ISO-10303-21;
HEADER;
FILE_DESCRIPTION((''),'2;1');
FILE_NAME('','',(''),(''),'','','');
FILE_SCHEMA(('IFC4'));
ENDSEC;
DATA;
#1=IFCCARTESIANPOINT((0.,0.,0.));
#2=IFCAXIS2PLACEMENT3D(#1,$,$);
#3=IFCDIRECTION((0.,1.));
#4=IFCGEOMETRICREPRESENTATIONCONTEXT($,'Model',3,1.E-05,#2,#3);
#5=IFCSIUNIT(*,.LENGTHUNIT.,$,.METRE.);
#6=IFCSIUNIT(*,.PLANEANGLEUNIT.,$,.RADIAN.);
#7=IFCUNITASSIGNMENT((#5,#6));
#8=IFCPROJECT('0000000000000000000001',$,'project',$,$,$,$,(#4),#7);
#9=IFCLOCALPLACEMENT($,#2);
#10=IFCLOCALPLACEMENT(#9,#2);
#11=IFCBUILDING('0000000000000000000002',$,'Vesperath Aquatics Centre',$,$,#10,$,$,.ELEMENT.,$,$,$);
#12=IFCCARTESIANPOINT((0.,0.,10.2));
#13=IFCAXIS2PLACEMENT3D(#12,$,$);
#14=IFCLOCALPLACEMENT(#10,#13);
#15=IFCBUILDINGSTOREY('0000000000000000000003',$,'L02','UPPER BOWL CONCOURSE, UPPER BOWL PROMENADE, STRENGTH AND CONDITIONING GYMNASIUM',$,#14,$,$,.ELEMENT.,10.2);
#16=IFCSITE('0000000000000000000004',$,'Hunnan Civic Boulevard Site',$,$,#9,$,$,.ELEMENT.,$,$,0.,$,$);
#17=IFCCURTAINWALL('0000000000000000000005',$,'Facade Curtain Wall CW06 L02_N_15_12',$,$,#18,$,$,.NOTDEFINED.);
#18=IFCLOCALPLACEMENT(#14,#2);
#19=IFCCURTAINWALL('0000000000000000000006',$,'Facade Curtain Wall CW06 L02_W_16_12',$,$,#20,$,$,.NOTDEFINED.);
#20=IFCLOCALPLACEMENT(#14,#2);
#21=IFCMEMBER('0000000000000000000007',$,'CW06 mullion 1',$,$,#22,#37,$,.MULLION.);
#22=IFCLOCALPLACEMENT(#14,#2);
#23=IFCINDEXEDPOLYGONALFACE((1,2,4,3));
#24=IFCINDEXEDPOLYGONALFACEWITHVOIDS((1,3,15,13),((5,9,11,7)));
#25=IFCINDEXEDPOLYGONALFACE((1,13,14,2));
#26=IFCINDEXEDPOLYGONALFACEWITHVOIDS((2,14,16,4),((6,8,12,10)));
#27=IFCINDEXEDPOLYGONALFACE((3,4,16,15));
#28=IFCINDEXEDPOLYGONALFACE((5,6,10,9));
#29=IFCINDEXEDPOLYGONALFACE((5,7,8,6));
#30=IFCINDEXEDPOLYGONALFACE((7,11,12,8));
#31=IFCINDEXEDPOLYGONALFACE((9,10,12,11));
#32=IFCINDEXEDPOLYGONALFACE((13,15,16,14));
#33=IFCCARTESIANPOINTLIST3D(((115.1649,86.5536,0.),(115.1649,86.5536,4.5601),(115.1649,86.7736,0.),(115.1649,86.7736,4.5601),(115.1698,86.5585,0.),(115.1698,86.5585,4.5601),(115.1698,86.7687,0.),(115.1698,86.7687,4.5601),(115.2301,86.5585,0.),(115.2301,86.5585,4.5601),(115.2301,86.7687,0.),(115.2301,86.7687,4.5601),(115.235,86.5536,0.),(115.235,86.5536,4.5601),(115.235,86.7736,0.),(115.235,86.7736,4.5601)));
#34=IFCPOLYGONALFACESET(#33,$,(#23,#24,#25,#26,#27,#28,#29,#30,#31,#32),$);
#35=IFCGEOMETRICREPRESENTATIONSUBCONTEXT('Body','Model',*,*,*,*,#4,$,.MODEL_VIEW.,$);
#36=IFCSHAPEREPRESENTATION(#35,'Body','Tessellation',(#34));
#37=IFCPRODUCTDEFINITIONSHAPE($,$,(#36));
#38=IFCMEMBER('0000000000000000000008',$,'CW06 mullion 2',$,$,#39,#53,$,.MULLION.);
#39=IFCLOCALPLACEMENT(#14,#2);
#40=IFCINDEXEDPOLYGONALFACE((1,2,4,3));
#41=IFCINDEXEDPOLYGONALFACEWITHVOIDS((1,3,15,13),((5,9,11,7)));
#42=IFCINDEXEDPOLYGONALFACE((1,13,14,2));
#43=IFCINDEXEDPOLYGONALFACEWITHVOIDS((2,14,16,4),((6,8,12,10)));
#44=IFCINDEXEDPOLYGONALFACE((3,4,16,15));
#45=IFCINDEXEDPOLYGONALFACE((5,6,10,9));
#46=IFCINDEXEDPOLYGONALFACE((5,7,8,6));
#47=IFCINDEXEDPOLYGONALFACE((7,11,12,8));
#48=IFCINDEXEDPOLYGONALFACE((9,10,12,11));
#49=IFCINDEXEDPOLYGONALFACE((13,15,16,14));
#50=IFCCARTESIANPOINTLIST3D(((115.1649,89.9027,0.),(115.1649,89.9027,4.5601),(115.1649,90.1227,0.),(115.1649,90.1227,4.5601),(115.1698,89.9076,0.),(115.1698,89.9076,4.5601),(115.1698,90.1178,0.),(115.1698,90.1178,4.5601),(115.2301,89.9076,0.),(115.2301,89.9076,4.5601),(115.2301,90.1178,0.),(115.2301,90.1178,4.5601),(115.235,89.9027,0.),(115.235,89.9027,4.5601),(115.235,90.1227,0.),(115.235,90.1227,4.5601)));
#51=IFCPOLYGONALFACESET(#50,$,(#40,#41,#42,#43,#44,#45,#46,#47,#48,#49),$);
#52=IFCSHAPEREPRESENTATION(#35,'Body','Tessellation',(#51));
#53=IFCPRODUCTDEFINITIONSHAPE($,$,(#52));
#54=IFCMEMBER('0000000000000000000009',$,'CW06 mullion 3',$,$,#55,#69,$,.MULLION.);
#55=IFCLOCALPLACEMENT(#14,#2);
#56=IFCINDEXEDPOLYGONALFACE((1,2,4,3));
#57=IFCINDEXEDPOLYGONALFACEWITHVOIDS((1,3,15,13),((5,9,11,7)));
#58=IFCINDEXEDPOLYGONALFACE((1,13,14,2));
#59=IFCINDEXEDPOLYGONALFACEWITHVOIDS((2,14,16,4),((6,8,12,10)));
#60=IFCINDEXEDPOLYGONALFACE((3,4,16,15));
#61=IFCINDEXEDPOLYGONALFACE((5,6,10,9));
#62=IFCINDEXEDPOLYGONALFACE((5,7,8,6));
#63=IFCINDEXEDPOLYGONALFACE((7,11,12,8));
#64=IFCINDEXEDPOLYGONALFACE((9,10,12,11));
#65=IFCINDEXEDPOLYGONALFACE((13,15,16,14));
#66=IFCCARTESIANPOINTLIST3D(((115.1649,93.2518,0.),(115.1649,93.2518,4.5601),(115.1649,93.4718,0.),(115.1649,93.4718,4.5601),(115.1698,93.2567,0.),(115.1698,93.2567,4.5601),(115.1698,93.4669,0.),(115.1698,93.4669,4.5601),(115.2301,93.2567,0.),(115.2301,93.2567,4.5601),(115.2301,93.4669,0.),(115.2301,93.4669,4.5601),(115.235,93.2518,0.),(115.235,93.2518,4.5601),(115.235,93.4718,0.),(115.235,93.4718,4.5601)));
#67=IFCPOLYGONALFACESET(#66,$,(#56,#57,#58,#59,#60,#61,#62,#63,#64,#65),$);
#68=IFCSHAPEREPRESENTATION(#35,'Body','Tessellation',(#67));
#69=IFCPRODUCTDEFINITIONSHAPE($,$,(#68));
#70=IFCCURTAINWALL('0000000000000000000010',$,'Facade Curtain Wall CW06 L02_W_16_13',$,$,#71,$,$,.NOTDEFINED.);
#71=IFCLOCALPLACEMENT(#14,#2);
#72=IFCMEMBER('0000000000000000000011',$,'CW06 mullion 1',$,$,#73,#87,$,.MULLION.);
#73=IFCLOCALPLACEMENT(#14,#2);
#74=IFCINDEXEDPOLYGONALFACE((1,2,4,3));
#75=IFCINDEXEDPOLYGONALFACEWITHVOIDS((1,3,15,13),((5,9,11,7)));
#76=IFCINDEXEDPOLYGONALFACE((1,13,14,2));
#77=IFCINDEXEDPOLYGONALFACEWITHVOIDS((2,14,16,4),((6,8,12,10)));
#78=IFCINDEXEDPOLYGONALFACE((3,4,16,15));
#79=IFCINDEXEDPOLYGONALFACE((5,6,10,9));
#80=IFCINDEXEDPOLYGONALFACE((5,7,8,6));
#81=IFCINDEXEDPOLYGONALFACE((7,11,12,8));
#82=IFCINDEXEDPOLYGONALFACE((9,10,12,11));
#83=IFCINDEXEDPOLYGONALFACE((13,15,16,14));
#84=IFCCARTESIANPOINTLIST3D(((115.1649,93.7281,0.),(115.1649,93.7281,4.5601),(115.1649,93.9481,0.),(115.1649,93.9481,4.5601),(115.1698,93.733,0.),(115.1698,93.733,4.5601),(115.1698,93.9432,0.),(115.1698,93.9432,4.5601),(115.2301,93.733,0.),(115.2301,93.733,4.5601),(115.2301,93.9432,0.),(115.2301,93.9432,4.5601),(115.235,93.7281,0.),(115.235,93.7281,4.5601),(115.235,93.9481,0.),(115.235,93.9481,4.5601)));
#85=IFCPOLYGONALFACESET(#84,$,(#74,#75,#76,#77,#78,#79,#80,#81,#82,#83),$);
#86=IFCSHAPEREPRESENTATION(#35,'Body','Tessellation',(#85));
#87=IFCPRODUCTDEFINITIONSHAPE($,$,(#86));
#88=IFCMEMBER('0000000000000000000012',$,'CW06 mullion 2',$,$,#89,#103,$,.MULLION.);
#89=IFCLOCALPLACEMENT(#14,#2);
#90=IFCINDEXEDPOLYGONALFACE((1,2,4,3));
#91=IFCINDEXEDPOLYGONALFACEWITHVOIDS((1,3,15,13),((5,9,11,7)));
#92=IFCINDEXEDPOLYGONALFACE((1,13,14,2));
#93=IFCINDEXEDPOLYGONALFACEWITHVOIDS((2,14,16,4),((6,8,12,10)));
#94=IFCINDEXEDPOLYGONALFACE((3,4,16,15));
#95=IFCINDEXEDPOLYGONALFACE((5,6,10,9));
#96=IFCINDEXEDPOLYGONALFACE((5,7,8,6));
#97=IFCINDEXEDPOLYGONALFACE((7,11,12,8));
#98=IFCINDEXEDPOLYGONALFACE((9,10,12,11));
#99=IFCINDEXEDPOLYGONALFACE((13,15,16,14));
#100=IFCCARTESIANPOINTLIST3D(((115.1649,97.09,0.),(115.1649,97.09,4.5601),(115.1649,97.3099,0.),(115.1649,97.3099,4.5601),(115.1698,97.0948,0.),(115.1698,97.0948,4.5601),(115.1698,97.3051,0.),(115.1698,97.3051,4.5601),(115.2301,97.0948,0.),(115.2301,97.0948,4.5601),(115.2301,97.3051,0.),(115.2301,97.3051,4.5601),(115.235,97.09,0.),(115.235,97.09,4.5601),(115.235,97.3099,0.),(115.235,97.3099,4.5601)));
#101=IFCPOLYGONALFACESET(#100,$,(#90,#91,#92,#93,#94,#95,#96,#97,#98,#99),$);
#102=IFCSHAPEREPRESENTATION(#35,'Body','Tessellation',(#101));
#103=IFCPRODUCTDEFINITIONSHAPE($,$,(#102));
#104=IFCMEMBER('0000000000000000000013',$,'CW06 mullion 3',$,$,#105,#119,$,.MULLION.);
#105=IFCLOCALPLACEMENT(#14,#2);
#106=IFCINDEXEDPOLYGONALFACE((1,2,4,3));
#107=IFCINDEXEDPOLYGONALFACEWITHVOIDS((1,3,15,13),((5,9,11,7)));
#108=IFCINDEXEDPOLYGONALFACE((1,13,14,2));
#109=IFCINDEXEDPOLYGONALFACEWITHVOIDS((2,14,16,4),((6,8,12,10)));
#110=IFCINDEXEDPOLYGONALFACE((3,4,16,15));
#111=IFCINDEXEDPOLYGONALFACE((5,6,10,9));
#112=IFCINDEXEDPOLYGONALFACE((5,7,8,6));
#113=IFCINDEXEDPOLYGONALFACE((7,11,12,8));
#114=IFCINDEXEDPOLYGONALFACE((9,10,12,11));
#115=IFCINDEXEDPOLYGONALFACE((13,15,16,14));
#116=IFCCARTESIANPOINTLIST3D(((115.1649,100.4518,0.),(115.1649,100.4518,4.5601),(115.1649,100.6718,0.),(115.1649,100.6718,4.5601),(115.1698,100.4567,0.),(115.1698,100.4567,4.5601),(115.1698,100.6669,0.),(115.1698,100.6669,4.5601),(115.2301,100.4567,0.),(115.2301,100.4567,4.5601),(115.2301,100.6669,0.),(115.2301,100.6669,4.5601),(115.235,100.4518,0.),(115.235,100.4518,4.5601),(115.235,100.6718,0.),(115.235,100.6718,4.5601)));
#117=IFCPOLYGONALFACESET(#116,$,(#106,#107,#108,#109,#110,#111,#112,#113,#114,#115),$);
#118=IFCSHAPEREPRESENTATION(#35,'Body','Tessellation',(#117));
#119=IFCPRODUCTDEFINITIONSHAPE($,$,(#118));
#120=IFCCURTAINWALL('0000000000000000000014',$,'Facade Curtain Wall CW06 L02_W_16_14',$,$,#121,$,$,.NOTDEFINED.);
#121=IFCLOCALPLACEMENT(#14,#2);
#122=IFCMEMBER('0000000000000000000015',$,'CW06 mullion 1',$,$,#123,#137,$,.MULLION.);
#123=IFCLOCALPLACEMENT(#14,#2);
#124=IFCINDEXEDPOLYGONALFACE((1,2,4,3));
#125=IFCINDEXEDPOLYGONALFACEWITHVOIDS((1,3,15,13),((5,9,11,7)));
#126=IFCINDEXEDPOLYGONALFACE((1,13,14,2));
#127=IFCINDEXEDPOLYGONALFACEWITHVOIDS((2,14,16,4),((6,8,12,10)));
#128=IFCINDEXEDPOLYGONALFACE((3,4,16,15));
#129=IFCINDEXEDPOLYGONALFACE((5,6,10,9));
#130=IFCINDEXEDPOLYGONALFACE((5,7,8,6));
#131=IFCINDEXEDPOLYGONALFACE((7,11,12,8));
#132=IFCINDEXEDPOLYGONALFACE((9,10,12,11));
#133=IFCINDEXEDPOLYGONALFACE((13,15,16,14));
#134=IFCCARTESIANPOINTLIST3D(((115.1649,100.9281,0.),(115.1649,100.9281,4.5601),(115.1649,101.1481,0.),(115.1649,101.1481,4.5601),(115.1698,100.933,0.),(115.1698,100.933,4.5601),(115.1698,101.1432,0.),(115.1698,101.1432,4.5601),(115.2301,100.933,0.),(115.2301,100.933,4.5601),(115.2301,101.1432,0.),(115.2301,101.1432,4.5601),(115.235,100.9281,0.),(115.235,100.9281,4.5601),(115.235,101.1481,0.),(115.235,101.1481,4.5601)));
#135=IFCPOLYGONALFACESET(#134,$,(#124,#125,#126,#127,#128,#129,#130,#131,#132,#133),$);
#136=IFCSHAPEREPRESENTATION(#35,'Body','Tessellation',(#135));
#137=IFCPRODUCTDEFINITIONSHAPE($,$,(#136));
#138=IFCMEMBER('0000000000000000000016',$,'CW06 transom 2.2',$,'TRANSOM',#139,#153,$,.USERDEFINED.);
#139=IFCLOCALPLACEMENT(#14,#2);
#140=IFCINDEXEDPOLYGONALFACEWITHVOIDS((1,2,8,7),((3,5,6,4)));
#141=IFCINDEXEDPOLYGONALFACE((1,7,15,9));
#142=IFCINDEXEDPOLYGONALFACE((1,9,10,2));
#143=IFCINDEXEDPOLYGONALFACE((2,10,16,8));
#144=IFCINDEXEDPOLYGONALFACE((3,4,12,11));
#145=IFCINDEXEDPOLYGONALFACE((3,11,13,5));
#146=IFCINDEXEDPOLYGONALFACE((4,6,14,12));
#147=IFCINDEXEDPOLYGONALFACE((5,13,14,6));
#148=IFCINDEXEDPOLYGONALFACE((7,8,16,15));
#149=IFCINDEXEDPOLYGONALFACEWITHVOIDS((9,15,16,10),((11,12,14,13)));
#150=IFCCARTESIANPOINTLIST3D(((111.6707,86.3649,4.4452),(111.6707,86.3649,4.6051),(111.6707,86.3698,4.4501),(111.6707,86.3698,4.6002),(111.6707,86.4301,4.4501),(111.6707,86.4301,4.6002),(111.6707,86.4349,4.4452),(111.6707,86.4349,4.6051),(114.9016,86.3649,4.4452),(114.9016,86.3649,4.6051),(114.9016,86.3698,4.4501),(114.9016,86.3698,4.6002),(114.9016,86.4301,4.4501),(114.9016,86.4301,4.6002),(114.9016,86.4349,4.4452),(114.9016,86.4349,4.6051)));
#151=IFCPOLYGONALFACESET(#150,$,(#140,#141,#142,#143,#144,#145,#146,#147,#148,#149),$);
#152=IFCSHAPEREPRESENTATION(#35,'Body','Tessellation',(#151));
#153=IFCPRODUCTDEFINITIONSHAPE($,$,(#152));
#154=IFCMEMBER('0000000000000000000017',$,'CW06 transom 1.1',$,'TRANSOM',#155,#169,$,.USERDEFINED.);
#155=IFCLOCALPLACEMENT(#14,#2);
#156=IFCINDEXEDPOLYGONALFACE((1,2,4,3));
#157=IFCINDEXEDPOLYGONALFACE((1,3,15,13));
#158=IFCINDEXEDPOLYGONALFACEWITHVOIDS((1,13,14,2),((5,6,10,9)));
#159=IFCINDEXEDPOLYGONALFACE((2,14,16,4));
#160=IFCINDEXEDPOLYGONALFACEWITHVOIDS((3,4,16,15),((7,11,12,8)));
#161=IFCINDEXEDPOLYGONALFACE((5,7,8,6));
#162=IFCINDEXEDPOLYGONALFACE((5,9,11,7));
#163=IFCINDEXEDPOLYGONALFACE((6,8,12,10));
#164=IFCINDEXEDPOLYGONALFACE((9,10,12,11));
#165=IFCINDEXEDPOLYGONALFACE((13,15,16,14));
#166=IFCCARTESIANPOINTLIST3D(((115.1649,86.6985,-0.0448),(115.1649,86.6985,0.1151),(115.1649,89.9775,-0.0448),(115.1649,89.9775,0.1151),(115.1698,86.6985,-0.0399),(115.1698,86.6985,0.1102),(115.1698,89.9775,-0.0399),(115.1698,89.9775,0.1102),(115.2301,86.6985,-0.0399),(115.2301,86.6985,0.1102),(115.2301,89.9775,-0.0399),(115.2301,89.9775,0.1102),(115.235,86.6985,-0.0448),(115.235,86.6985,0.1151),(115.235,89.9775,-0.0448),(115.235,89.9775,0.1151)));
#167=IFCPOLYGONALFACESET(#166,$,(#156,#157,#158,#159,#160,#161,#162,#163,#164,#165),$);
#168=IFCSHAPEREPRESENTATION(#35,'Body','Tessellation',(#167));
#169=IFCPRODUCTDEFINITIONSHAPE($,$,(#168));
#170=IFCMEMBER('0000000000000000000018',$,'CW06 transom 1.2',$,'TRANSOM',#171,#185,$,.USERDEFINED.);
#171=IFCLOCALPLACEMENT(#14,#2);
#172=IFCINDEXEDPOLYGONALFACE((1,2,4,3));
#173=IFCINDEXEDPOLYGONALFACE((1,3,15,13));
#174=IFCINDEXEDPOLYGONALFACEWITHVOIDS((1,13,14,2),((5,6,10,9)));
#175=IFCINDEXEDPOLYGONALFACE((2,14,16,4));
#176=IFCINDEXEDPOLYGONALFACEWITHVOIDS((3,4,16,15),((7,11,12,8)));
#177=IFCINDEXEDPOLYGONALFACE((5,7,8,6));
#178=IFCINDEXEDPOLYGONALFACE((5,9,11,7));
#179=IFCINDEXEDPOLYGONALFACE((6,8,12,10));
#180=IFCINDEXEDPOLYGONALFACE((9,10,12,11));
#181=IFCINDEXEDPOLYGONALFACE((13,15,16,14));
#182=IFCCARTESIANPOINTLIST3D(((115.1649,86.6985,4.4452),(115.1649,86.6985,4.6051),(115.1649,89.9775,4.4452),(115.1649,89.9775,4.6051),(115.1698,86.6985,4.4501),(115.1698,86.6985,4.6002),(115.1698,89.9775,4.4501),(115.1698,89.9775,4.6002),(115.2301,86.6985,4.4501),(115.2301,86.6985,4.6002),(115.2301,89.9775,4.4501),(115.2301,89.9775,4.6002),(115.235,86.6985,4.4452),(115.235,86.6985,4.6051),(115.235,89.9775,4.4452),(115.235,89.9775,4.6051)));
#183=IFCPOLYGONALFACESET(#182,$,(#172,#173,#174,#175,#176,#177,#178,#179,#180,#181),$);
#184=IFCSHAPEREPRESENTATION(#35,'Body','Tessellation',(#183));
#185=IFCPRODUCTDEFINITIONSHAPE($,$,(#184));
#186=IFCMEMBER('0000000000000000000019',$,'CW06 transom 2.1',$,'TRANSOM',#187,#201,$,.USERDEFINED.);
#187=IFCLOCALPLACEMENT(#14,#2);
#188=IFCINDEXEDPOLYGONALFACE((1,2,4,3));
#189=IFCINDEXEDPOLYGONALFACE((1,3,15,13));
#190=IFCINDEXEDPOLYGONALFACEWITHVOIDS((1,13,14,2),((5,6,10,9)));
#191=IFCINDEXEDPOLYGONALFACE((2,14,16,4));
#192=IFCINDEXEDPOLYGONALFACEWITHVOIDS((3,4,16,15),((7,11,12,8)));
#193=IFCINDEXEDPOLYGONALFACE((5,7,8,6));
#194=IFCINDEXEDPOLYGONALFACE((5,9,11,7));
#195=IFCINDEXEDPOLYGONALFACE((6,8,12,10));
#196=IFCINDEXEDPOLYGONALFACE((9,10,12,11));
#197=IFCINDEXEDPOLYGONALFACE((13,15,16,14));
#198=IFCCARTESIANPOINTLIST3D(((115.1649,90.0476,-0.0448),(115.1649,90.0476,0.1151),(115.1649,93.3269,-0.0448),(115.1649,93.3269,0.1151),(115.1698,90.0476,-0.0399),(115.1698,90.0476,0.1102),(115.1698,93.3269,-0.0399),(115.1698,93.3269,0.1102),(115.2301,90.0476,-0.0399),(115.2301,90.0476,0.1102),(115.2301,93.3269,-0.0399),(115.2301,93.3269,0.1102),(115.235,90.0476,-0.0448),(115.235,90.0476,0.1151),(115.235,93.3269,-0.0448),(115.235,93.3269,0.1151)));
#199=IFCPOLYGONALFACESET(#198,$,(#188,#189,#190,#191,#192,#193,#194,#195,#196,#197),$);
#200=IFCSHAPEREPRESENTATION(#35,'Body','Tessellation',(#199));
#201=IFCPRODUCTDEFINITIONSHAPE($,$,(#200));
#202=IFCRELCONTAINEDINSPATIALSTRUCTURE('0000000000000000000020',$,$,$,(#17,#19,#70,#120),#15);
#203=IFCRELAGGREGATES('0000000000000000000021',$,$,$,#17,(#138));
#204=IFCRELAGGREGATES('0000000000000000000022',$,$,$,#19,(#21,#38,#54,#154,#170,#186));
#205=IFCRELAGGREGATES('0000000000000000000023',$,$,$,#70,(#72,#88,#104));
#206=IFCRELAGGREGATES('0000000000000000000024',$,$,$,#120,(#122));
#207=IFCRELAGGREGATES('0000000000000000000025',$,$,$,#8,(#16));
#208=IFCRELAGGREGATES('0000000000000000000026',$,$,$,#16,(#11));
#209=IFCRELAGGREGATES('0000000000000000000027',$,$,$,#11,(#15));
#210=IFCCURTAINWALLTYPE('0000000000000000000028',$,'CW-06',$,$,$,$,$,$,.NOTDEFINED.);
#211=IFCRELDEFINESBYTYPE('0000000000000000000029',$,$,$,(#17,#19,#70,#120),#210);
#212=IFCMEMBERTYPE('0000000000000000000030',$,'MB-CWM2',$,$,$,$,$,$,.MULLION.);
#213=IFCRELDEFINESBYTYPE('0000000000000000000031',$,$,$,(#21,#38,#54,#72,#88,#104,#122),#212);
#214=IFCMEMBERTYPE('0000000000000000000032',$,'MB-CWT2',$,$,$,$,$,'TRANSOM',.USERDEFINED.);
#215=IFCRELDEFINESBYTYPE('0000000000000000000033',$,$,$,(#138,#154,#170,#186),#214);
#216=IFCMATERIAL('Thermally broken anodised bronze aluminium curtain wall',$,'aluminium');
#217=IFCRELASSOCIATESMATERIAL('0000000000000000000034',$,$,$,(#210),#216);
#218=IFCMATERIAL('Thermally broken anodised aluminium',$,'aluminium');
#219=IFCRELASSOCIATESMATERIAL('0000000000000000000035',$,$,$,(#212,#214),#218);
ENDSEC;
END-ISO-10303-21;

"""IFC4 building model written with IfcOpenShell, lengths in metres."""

from ifc_helpers import new_model, si_unit, direction, frame, origin, origin_2d, place, context, subcontext, project, spatial, hollow_rectangle, extrude, material, material_profile, profile_set, type_object, element, aggregate, save


model = new_model("IFC4")

# Units and contexts
model_context = context("Model", 3, precision=1e-05, world=origin(), true_north=direction((0.0, 1.0)))
body_context = subcontext(model_context, "Body", "Model", "MODEL_VIEW")
ifc_project = project(units=[si_unit("LENGTHUNIT", "METRE"), si_unit("PLANEANGLEUNIT", "RADIAN")], contexts=[model_context])

# Site, building, storey
site_placement = place(None, origin())
site = spatial("IfcSite", under=ifc_project, at=site_placement, Name="Hunnan Civic Boulevard Site", CompositionType="ELEMENT", RefElevation=0.0)
building_placement = place(site_placement, origin())
building = spatial("IfcBuilding", under=site, at=building_placement, Name="Vesperath Aquatics Centre", CompositionType="ELEMENT")
storey_placement = place(building_placement, frame((0.0, 0.0, 10.2)))
storey = spatial("IfcBuildingStorey", under=building, at=storey_placement, Name="L02", Description="UPPER BOWL CONCOURSE, UPPER BOWL PROMENADE, STRENGTH AND CONDITIONING GYMNASIUM", CompositionType="ELEMENT", Elevation=10.2)

# Curtain wall
ifc_material_1 = material(Name="Thermally broken anodised bronze aluminium curtain wall", Category="aluminium")
curtain_wall_type = type_object("IfcCurtainWallType", Name="CW-06", PredefinedType="NOTDEFINED", material=ifc_material_1)
curtain_wall_1_placement = place(storey_placement, origin())
curtain_wall_1 = element("IfcCurtainWall", 1, at=curtain_wall_1_placement, inside=storey, type_object=curtain_wall_type, Name="Facade Curtain Wall CW06 L02_N_15_12", PredefinedType="NOTDEFINED")
ifc_material_2 = material(Name="Thermally broken anodised aluminium", Category="aluminium")
ifc_material_profile_1 = material_profile(ifc_material_2, hollow_rectangle(XDim=0.0701, YDim=0.22, WallThickness=0.0049, at=origin_2d()), Name="CWM 70x220x5")
ifc_profile_set_1 = profile_set([ifc_material_profile_1], Name="Thermally broken anodised aluminium")
member_type_1 = type_object("IfcMemberType", Name="MB-CWM2", PredefinedType="MULLION", material=ifc_profile_set_1)

# Curtain walls, members
curtain_wall_2_placement = place(storey_placement, origin())
curtain_wall_2 = element("IfcCurtainWall", 2, at=curtain_wall_2_placement, inside=storey, type_object=curtain_wall_type, Name="Facade Curtain Wall CW06 L02_W_16_12", PredefinedType="NOTDEFINED")
member_1_placement = place(storey_placement, frame((115.2, 86.6636, 0.0), z_axis=(0.0, 0.0, 1.0), x_axis=(-1.0, 0.0, 0.0)))
member_1 = element("IfcMember", 3, at=member_1_placement, type_object=member_type_1, Name="CW06 mullion 1", PredefinedType="MULLION", context=body_context, shape_type="SweptSolid", body=[
    extrude(hollow_rectangle(XDim=0.0701, YDim=0.22, WallThickness=0.0049, at=origin_2d()), origin(), (0.0, 0.0, 1.0), 4.5601),
])
member_2_placement = place(storey_placement, frame((115.2, 90.0127, 0.0), z_axis=(0.0, 0.0, 1.0), x_axis=(-1.0, 0.0, 0.0)))
member_2 = element("IfcMember", 4, at=member_2_placement, type_object=member_type_1, Name="CW06 mullion 2", PredefinedType="MULLION", context=body_context, shape_type="SweptSolid", body=[
    extrude(hollow_rectangle(XDim=0.0701, YDim=0.22, WallThickness=0.0049, at=origin_2d()), origin(), (0.0, 0.0, 1.0), 4.5601),
])
member_3_placement = place(storey_placement, frame((115.2, 93.3618, 0.0), z_axis=(0.0, 0.0, 1.0), x_axis=(-1.0, 0.0, 0.0)))
member_3 = element("IfcMember", 5, at=member_3_placement, type_object=member_type_1, Name="CW06 mullion 3", PredefinedType="MULLION", context=body_context, shape_type="SweptSolid", body=[
    extrude(hollow_rectangle(XDim=0.0701, YDim=0.22, WallThickness=0.0049, at=origin_2d()), origin(), (0.0, 0.0, 1.0), 4.5601),
])
curtain_wall_3_placement = place(storey_placement, origin())
curtain_wall_3 = element("IfcCurtainWall", 6, at=curtain_wall_3_placement, inside=storey, type_object=curtain_wall_type, Name="Facade Curtain Wall CW06 L02_W_16_13", PredefinedType="NOTDEFINED")
member_4_placement = place(storey_placement, frame((115.2, 93.8381, 0.0), z_axis=(0.0, 0.0, 1.0), x_axis=(-1.0, 0.0, 0.0)))
member_4 = element("IfcMember", 7, at=member_4_placement, type_object=member_type_1, Name="CW06 mullion 1", PredefinedType="MULLION", context=body_context, shape_type="SweptSolid", body=[
    extrude(hollow_rectangle(XDim=0.0701, YDim=0.22, WallThickness=0.0049, at=origin_2d()), origin(), (0.0, 0.0, 1.0), 4.5601),
])
member_5_placement = place(storey_placement, frame((115.2, 97.2, 0.0), z_axis=(0.0, 0.0, 1.0), x_axis=(-1.0, 0.0, 0.0)))
member_5 = element("IfcMember", 8, at=member_5_placement, type_object=member_type_1, Name="CW06 mullion 2", PredefinedType="MULLION", context=body_context, shape_type="SweptSolid", body=[
    extrude(hollow_rectangle(XDim=0.0701, YDim=0.22, WallThickness=0.0049, at=origin_2d()), origin(), (0.0, 0.0, 1.0), 4.5601),
])
member_6_placement = place(storey_placement, frame((115.2, 100.5618, 0.0), z_axis=(0.0, 0.0, 1.0), x_axis=(-1.0, 0.0, 0.0)))
member_6 = element("IfcMember", 9, at=member_6_placement, type_object=member_type_1, Name="CW06 mullion 3", PredefinedType="MULLION", context=body_context, shape_type="SweptSolid", body=[
    extrude(hollow_rectangle(XDim=0.0701, YDim=0.22, WallThickness=0.0049, at=origin_2d()), origin(), (0.0, 0.0, 1.0), 4.5601),
])

# Curtain wall, member
curtain_wall_4_placement = place(storey_placement, origin())
curtain_wall_4 = element("IfcCurtainWall", 10, at=curtain_wall_4_placement, inside=storey, type_object=curtain_wall_type, Name="Facade Curtain Wall CW06 L02_W_16_14", PredefinedType="NOTDEFINED")
member_7_placement = place(storey_placement, frame((115.2, 101.0381, 0.0), z_axis=(0.0, 0.0, 1.0), x_axis=(-1.0, 0.0, 0.0)))
member_7 = element("IfcMember", 11, at=member_7_placement, type_object=member_type_1, Name="CW06 mullion 1", PredefinedType="MULLION", context=body_context, shape_type="SweptSolid", body=[
    extrude(hollow_rectangle(XDim=0.0701, YDim=0.22, WallThickness=0.0049, at=origin_2d()), origin(), (0.0, 0.0, 1.0), 4.5601),
])

# Members
ifc_material_profile_2 = material_profile(ifc_material_2, hollow_rectangle(XDim=0.0701, YDim=0.1599, WallThickness=0.0049, at=origin_2d()), Name="CWT 70x160x5")
ifc_profile_set_2 = profile_set([ifc_material_profile_2], Name="Thermally broken anodised aluminium")
member_type_2 = type_object("IfcMemberType", Name="MB-CWT2", ElementType="TRANSOM", PredefinedType="USERDEFINED", material=ifc_profile_set_2)
member_8_placement = place(storey_placement, frame((111.6707, 86.3999, 4.5251), z_axis=(1.0, 0.0, 0.0), x_axis=(0.0, 1.0, 0.0)))
member_8 = element("IfcMember", 12, at=member_8_placement, type_object=member_type_2, Name="CW06 transom 2.2", ObjectType="TRANSOM", PredefinedType="USERDEFINED", context=body_context, shape_type="SweptSolid", body=[
    extrude(hollow_rectangle(XDim=0.0701, YDim=0.1599, WallThickness=0.0049, at=origin_2d()), origin(), (0.0, 0.0, 1.0), 3.231),
])
member_9_placement = place(storey_placement, frame((115.2, 86.6985, 0.0352), z_axis=(0.0, 1.0, 0.0), x_axis=(-1.0, 0.0, 0.0)))
member_9 = element("IfcMember", 13, at=member_9_placement, type_object=member_type_2, Name="CW06 transom 1.1", ObjectType="TRANSOM", PredefinedType="USERDEFINED", context=body_context, shape_type="SweptSolid", body=[
    extrude(hollow_rectangle(XDim=0.0701, YDim=0.1599, WallThickness=0.0049, at=origin_2d()), origin(), (0.0, 0.0, 1.0), 3.2791),
])
member_10_placement = place(storey_placement, frame((115.2, 86.6985, 4.5251), z_axis=(0.0, 1.0, 0.0), x_axis=(-1.0, 0.0, 0.0)))
member_10 = element("IfcMember", 14, at=member_10_placement, type_object=member_type_2, Name="CW06 transom 1.2", ObjectType="TRANSOM", PredefinedType="USERDEFINED", context=body_context, shape_type="SweptSolid", body=[
    extrude(hollow_rectangle(XDim=0.0701, YDim=0.1599, WallThickness=0.0049, at=origin_2d()), origin(), (0.0, 0.0, 1.0), 3.2791),
])
member_11_placement = place(storey_placement, frame((115.2, 90.0476, 0.0352), z_axis=(0.0, 1.0, 0.0), x_axis=(-1.0, 0.0, 0.0)))
member_11 = element("IfcMember", 15, at=member_11_placement, type_object=member_type_2, Name="CW06 transom 2.1", ObjectType="TRANSOM", PredefinedType="USERDEFINED", context=body_context, shape_type="SweptSolid", body=[
    extrude(hollow_rectangle(XDim=0.0701, YDim=0.1599, WallThickness=0.0049, at=origin_2d()), origin(), (0.0, 0.0, 1.0), 3.2793),
])

aggregate(curtain_wall_1, [member_8])
aggregate(curtain_wall_2, [member_1, member_2, member_3, member_9, member_10, member_11])
aggregate(curtain_wall_3, [member_4, member_5, member_6])
aggregate(curtain_wall_4, [member_7])

save(model, "model.ifc")
